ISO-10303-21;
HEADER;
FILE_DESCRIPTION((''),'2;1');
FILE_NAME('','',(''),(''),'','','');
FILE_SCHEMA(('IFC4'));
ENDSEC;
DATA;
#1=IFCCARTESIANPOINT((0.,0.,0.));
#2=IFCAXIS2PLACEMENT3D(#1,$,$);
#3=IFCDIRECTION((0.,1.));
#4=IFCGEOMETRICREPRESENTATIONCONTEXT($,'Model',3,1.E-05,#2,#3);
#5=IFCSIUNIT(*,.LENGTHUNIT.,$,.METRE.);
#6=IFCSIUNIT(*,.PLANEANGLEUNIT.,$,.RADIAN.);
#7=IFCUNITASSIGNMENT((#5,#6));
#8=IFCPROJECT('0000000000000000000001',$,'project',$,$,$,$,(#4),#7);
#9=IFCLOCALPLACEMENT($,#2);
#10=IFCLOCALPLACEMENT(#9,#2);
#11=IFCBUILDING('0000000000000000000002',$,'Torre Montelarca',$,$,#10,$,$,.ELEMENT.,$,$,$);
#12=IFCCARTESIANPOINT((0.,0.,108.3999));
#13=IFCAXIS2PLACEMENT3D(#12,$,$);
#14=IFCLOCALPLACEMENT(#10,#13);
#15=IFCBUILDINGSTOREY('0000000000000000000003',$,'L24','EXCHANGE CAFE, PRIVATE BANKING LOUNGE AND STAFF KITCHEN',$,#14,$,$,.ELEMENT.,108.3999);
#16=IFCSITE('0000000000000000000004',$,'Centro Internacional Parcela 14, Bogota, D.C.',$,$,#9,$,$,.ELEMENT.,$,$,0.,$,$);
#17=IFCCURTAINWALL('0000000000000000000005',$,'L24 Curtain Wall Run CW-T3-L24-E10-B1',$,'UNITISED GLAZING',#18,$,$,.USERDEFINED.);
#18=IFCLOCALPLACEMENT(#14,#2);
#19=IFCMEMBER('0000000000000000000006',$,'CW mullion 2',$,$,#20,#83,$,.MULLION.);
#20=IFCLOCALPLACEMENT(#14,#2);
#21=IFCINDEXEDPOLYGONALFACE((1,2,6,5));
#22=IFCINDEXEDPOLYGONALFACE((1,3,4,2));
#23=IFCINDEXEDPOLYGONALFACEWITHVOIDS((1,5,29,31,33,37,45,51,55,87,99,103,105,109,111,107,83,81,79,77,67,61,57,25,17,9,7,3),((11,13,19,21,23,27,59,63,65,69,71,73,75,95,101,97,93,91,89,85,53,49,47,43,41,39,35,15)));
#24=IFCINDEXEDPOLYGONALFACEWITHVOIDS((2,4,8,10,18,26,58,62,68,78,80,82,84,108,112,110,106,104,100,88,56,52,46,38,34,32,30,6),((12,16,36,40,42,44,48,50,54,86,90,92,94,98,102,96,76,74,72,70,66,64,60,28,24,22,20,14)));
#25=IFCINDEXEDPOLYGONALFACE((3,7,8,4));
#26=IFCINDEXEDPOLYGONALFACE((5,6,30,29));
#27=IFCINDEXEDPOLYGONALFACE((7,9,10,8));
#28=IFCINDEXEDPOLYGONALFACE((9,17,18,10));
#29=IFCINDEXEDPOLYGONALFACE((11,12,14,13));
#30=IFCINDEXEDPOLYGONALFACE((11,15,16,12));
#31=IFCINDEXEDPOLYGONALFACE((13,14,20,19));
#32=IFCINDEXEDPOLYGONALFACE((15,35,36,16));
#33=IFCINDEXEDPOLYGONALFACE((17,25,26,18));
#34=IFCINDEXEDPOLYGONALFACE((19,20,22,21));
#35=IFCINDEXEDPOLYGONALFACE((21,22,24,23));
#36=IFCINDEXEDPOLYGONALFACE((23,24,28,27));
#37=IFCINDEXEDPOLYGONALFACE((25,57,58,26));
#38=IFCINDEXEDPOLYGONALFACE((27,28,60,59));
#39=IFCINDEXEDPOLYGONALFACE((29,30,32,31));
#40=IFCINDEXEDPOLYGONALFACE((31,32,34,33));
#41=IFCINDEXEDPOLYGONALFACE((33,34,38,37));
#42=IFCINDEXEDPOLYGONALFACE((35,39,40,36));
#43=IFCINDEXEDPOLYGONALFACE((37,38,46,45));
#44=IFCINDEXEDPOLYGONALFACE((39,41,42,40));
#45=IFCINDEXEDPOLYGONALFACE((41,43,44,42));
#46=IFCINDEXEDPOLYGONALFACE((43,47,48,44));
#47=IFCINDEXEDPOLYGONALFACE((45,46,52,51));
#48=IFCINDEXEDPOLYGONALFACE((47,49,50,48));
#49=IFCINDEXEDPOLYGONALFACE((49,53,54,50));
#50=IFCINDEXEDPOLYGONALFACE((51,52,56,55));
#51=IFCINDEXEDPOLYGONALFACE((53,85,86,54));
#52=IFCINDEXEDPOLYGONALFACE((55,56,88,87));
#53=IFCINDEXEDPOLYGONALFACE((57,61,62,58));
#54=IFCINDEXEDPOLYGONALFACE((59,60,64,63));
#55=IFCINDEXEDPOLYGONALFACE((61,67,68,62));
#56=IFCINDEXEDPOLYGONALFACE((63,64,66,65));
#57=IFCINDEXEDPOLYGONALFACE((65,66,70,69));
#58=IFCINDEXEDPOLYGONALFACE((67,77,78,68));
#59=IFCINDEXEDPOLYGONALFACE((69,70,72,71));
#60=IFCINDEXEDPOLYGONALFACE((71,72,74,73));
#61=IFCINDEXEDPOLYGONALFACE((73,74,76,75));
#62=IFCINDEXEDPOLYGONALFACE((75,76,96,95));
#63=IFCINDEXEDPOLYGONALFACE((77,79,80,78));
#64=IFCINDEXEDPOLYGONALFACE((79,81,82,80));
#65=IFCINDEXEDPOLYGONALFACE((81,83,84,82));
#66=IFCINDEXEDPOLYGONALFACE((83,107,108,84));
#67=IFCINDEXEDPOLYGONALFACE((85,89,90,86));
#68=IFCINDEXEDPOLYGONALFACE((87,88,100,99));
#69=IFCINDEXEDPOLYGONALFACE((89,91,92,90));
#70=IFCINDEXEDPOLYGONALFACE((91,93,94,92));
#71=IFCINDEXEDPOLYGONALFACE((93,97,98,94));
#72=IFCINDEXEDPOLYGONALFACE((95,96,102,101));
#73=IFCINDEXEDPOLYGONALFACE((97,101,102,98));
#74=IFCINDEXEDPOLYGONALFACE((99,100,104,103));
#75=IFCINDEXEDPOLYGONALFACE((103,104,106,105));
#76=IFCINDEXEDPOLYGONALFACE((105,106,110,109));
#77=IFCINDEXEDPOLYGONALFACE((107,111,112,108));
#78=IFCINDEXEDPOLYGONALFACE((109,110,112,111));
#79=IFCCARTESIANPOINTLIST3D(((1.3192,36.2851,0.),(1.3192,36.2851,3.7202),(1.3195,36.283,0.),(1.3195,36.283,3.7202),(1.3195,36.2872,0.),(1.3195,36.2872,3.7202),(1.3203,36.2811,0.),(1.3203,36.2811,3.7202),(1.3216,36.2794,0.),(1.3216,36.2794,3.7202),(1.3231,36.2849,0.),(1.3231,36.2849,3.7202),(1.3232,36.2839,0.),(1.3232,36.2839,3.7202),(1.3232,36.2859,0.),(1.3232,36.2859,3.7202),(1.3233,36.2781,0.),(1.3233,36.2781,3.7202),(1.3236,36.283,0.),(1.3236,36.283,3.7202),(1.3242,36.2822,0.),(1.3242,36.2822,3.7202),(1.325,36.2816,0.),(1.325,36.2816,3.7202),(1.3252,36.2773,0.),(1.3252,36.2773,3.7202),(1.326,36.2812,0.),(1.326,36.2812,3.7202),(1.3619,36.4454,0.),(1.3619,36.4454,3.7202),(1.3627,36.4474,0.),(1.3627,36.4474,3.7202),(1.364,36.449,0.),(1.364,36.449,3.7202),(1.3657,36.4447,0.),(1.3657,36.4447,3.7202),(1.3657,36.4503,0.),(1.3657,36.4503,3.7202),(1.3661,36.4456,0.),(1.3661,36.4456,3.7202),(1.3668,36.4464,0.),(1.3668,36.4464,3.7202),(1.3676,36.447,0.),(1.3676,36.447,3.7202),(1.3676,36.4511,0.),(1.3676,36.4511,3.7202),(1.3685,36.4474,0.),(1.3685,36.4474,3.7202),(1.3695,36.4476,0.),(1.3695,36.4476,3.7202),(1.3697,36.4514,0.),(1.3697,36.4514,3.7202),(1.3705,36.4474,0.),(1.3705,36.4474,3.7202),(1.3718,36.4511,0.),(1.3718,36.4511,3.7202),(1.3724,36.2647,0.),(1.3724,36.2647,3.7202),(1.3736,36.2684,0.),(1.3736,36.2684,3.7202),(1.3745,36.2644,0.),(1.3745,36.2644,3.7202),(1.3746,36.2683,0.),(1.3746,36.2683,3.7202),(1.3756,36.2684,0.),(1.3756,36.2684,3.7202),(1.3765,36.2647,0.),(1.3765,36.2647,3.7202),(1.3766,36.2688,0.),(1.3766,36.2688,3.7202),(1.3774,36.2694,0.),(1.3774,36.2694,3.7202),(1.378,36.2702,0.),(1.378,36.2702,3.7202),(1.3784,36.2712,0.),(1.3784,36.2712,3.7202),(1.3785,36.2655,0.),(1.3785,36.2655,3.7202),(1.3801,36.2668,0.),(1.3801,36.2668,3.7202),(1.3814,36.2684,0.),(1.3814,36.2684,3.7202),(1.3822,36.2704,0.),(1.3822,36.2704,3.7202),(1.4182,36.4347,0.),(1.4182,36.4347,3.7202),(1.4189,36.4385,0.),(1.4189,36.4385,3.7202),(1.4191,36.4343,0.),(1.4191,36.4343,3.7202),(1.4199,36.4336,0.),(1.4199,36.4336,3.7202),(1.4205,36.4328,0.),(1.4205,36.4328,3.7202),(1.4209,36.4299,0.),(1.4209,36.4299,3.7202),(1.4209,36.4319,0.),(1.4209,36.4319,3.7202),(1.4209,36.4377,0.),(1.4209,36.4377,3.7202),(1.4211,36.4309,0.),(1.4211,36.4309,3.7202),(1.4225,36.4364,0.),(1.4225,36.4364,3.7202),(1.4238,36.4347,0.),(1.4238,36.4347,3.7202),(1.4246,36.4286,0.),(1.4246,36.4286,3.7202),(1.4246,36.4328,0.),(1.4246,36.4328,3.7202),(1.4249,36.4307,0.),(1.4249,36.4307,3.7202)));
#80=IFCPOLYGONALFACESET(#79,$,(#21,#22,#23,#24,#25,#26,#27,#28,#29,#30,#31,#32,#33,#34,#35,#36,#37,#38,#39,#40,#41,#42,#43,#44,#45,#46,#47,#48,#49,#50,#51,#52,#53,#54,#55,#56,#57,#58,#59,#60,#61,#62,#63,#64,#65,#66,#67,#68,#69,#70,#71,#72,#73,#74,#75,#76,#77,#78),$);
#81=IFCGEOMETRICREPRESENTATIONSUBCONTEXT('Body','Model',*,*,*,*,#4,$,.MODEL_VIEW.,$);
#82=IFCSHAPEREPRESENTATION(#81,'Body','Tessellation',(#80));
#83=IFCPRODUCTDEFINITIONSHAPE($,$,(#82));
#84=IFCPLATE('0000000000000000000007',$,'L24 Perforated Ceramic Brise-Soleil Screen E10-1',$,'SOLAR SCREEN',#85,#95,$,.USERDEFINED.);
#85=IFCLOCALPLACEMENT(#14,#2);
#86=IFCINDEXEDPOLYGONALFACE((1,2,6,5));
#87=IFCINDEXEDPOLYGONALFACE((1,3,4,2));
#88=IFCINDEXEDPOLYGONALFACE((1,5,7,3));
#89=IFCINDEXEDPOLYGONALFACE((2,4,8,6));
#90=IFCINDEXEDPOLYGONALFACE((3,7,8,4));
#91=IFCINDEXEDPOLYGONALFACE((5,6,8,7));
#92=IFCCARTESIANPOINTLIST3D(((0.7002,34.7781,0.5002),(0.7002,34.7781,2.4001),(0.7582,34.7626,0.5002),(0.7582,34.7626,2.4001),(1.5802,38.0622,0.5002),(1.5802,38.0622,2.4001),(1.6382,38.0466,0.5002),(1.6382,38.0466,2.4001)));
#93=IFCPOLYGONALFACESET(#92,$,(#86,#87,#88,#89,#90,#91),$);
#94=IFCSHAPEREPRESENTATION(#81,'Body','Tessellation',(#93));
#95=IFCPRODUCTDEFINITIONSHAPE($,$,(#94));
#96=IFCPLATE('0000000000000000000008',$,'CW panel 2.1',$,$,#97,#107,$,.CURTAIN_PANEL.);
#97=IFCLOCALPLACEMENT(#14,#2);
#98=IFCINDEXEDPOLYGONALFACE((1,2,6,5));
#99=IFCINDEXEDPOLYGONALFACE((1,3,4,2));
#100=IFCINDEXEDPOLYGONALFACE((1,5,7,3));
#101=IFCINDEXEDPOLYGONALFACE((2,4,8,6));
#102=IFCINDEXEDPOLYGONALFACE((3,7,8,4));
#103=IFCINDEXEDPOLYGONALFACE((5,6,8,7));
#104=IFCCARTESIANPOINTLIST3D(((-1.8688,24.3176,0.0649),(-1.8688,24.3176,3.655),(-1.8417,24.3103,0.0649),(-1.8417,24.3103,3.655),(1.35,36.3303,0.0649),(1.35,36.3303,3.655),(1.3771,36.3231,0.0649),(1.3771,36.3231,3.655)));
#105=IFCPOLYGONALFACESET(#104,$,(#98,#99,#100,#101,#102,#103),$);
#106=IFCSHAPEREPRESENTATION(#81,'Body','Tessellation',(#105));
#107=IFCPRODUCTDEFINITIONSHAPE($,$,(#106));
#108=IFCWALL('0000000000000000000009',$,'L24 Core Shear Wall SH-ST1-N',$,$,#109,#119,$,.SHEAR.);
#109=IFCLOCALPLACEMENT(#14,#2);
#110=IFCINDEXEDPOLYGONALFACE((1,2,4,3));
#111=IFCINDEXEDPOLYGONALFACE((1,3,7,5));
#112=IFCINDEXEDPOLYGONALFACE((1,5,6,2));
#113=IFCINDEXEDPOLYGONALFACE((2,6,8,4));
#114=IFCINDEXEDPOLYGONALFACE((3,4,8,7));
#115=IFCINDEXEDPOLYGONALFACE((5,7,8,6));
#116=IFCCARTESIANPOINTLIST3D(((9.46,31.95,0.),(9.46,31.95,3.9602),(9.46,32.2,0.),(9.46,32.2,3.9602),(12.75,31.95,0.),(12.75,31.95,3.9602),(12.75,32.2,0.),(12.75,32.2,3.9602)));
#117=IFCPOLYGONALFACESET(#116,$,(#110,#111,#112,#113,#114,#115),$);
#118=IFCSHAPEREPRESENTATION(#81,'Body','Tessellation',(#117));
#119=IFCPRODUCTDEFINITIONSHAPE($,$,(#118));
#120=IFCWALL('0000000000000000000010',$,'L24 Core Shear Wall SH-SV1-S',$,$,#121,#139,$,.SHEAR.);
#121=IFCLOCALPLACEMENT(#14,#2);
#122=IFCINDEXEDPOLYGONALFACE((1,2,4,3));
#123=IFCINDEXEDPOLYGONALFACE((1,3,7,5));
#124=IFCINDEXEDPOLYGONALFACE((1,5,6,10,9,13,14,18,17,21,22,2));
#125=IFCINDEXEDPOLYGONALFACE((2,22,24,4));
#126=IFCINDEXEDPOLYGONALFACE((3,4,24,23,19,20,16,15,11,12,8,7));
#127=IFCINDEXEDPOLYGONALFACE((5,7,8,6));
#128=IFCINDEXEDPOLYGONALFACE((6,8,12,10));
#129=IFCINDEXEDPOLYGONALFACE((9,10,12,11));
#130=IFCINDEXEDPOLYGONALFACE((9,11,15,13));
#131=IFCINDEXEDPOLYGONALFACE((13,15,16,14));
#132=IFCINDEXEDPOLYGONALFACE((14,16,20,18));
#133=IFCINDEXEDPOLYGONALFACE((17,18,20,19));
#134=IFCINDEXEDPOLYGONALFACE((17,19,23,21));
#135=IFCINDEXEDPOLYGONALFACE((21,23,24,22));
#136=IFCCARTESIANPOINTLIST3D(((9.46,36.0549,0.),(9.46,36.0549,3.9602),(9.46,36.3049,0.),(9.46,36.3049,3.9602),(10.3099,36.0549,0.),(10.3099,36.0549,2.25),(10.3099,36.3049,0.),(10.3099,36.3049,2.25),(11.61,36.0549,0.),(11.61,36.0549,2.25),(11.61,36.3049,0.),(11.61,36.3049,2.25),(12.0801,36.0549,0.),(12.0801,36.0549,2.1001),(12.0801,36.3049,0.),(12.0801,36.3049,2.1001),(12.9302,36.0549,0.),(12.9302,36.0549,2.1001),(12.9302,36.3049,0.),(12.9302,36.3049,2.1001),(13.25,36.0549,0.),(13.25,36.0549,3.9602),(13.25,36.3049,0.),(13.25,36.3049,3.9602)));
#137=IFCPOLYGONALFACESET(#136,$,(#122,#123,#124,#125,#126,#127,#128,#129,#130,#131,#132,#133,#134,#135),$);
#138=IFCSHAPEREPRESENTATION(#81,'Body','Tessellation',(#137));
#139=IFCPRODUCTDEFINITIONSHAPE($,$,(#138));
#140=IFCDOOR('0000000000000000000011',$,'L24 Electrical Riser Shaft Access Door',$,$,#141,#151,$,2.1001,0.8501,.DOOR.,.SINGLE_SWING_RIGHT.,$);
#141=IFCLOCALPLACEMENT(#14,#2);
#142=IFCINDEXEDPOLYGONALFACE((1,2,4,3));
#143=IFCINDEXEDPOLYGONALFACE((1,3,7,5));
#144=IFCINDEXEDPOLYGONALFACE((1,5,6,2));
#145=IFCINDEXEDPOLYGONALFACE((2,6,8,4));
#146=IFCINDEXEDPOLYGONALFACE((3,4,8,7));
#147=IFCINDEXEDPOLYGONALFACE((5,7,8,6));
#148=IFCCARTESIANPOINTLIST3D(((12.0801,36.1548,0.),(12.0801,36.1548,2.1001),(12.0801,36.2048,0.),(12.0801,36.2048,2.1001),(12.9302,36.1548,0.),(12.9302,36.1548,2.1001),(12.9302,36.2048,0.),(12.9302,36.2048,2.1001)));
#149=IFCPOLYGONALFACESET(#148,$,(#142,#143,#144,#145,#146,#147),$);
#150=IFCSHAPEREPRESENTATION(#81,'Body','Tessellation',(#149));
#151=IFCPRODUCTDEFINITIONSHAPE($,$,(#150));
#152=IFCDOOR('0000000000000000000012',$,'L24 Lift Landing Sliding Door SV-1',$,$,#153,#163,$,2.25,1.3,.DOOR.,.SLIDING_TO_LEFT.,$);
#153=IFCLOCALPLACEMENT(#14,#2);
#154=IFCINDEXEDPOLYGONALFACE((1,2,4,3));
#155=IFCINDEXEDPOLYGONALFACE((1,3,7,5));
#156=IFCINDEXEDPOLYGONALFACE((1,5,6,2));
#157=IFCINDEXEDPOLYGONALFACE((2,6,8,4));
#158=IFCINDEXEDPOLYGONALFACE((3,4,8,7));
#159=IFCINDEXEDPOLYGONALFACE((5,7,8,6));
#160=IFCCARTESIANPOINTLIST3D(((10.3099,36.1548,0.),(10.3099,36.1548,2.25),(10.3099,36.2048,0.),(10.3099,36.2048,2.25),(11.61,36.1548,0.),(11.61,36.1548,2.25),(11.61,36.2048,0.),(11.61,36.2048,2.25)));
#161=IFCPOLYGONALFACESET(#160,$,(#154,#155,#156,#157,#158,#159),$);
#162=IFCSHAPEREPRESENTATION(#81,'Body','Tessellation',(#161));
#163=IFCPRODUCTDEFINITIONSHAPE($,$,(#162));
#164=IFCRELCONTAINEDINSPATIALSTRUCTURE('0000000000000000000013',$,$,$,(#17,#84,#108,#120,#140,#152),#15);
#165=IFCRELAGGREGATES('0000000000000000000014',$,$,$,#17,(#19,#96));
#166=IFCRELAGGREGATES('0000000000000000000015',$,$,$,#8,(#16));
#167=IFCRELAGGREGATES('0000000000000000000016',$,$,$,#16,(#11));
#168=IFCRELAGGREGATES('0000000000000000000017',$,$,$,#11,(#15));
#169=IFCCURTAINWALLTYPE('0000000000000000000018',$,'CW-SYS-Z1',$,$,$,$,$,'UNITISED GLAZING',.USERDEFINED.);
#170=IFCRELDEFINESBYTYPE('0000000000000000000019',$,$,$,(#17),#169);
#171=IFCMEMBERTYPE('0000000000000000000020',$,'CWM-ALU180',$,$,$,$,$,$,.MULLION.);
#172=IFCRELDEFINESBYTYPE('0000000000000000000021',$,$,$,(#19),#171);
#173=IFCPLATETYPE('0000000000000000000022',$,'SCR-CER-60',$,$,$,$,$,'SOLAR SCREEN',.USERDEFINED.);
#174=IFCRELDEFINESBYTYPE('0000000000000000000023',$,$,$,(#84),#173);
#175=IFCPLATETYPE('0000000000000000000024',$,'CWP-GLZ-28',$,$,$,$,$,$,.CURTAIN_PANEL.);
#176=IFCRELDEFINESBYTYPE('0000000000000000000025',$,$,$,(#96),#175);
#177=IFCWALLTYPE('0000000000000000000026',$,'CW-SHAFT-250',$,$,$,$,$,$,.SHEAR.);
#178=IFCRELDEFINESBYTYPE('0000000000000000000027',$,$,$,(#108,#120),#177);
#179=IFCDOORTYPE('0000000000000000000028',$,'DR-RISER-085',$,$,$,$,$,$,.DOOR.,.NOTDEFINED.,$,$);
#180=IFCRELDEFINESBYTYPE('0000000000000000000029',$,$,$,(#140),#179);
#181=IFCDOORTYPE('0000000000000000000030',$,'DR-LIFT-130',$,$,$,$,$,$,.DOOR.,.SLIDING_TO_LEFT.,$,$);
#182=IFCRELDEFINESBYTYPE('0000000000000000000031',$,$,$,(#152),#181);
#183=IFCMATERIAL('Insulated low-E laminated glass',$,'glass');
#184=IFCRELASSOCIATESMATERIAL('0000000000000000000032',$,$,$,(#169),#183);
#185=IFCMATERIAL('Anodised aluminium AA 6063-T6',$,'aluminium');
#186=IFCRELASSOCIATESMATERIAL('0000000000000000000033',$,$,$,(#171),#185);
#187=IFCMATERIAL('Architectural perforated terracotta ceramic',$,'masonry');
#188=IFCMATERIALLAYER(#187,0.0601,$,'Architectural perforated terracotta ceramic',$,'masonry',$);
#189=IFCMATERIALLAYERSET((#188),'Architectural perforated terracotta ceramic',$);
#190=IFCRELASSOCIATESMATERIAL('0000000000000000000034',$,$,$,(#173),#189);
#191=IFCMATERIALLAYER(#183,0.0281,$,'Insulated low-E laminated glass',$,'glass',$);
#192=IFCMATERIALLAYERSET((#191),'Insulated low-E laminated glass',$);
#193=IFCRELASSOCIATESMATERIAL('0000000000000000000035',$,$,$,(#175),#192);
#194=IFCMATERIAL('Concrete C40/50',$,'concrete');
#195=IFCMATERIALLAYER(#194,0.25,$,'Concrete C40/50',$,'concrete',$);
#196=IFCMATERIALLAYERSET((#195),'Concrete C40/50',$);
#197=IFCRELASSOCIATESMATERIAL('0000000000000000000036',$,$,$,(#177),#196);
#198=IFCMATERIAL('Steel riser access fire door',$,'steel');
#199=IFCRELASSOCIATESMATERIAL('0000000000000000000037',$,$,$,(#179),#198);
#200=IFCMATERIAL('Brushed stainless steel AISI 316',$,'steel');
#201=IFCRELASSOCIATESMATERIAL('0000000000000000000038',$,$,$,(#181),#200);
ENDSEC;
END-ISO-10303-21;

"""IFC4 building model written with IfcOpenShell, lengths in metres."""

from ifc_helpers import new_model, si_unit, direction, frame, frame_2d, origin, origin_2d, place, context, subcontext, project, spatial, rectangle, hollow_rectangle, extrude, source, transform, mapped, material, layer, layer_set, material_profile, profile_set, type_object, element, fill, aggregate, save


model = new_model("IFC4")

# Units and contexts
model_context = context("Model", 3, precision=1e-05, world=origin(), true_north=direction((0.0, 1.0)))
body_context = subcontext(model_context, "Body", "Model", "MODEL_VIEW")
ifc_project = project(units=[si_unit("LENGTHUNIT", "METRE"), si_unit("PLANEANGLEUNIT", "RADIAN")], contexts=[model_context])

# Site, building, storey
site_placement = place(None, origin())
site = spatial("IfcSite", under=ifc_project, at=site_placement, Name="Centro Internacional Parcela 14, Bogota, D.C.", CompositionType="ELEMENT", RefElevation=0.0)
building_placement = place(site_placement, origin())
building = spatial("IfcBuilding", under=site, at=building_placement, Name="Torre Montelarca", CompositionType="ELEMENT")
storey_placement = place(building_placement, frame((0.0, 0.0, 108.3999)))
storey = spatial("IfcBuildingStorey", under=building, at=storey_placement, Name="L24", Description="EXCHANGE CAFE, PRIVATE BANKING LOUNGE AND STAFF KITCHEN", CompositionType="ELEMENT", Elevation=108.3999)

# Curtain wall, member
ifc_material_1 = material(Name="Insulated low-E laminated glass", Category="glass")
curtain_wall_type = type_object("IfcCurtainWallType", Name="CW-SYS-Z1", ElementType="UNITISED GLAZING", PredefinedType="USERDEFINED", material=ifc_material_1)
curtain_wall_placement = place(storey_placement, origin())
curtain_wall = element("IfcCurtainWall", 1, at=curtain_wall_placement, inside=storey, type_object=curtain_wall_type, Name="L24 Curtain Wall Run CW-T3-L24-E10-B1", ObjectType="UNITISED GLAZING", PredefinedType="USERDEFINED")
ifc_material_2 = material(Name="Anodised aluminium AA 6063-T6", Category="aluminium")
ifc_material_profile_1 = material_profile(ifc_material_2, hollow_rectangle(XDim=0.0649, YDim=0.1799, WallThickness=0.0039, InnerFilletRadius=0.0039, OuterFilletRadius=0.0081, at=origin_2d()), Name="ALU65X180X4", Category="aluminium")
ifc_profile_set_1 = profile_set([ifc_material_profile_1], Name="Anodised aluminium AA 6063-T6")
member_type_1 = type_object("IfcMemberType", Name="CWM-ALU180", PredefinedType="MULLION", material=ifc_profile_set_1)
shared_shape_1 = source(origin(), body_context, "Body", "SweptSolid", [
    extrude(hollow_rectangle(XDim=0.0649, YDim=0.1799, WallThickness=0.0039, InnerFilletRadius=0.0039, OuterFilletRadius=0.0081, at=origin_2d()), origin(), (0.0, 0.0, 1.0), 3.7202),
])
member_1_placement = place(storey_placement, frame((1.3721, 36.3579, 0.0), z_axis=(0.0, 0.0, 1.0), x_axis=(0.965926, -0.258818, 0.0)))
member_1 = element("IfcMember", 2, at=member_1_placement, type_object=member_type_1, Name="CW mullion 2", PredefinedType="MULLION", context=body_context, shape_type="MappedRepresentation", body=[
    mapped(shared_shape_1, transform((0.0, 0.0, 0.0), scale=1.0)),
])

# Plates
ifc_material_3 = material(Name="Architectural perforated terracotta ceramic", Category="masonry")
ifc_layer_1 = layer(ifc_material_3, 0.0601, Name="Architectural perforated terracotta ceramic", Category="masonry")
ifc_layer_set_1 = layer_set([ifc_layer_1], Name="Architectural perforated terracotta ceramic")
plate_type_1 = type_object("IfcPlateType", Name="SCR-CER-60", ElementType="SOLAR SCREEN", PredefinedType="USERDEFINED", material=ifc_layer_set_1)
shared_shape_2 = source(origin(), body_context, "Body", "SweptSolid", [
    extrude(rectangle(XDim=3.3999, YDim=0.0601, at=origin_2d()), origin(), (0.0, 0.0, 1.0), 1.8999),
])
plate_1_placement = place(storey_placement, frame((1.1692, 36.4124, 0.5002), z_axis=(0.0, 0.0, 1.0), x_axis=(-0.258819, -0.965926, 0.0)))
element("IfcPlate", 3, at=plate_1_placement, inside=storey, type_object=plate_type_1, Name="L24 Perforated Ceramic Brise-Soleil Screen E10-1", ObjectType="SOLAR SCREEN", PredefinedType="USERDEFINED", context=body_context, shape_type="MappedRepresentation", body=[
    mapped(shared_shape_2, transform((0.0, 0.0, 0.0), scale=1.0)),
])
ifc_layer_2 = layer(ifc_material_1, 0.0281, Name="Insulated low-E laminated glass", Category="glass")
ifc_layer_set_2 = layer_set([ifc_layer_2], Name="Insulated low-E laminated glass")
plate_type_2 = type_object("IfcPlateType", Name="CWP-GLZ-28", PredefinedType="CURTAIN_PANEL", material=ifc_layer_set_2)
shared_shape_3 = source(origin(), body_context, "Body", "SweptSolid", [
    extrude(rectangle(XDim=12.4365, YDim=0.0281, at=origin_2d()), origin(), (0.0, 0.0, 1.0), 3.5901),
])
plate_2_placement = place(storey_placement, frame((-0.2458, 30.3203, 0.0649), z_axis=(0.0, 0.0, 1.0), x_axis=(-0.258818, -0.965926, 0.0)))
plate_2 = element("IfcPlate", 4, at=plate_2_placement, type_object=plate_type_2, Name="CW panel 2.1", PredefinedType="CURTAIN_PANEL", context=body_context, shape_type="MappedRepresentation", body=[
    mapped(shared_shape_3, transform((0.0, 0.0, 0.0), scale=1.0)),
])
aggregate(curtain_wall, [member_1, plate_2])

# Wall
ifc_material_4 = material(Name="Concrete C40/50", Category="concrete")
ifc_layer_3 = layer(ifc_material_4, 0.25, Name="Concrete C40/50", Category="concrete")
ifc_layer_set_3 = layer_set([ifc_layer_3], Name="Concrete C40/50")
wall_type_1 = type_object("IfcWallType", Name="CW-SHAFT-250", PredefinedType="SHEAR", material=ifc_layer_set_3)
wall_1_placement = place(storey_placement, frame((9.46, 32.075, 0.0), z_axis=(0.0, 0.0, 1.0), x_axis=(1.0, 0.0, 0.0)))
element("IfcWall", 5, at=wall_1_placement, inside=storey, type_object=wall_type_1, Name="L24 Core Shear Wall SH-ST1-N", PredefinedType="SHEAR", context=body_context, shape_type="SweptSolid", body=[
    extrude(rectangle(XDim=3.29, YDim=0.25, at=frame_2d((1.645, 0.0))), origin(), (0.0, 0.0, 1.0), 3.9602),
])

# Wall, openings, doors
wall_2_placement = place(storey_placement, frame((9.46, 36.1799, 0.0), z_axis=(0.0, 0.0, 1.0), x_axis=(1.0, 0.0, 0.0)))
wall_2 = element("IfcWall", 6, at=wall_2_placement, inside=storey, type_object=wall_type_1, Name="L24 Core Shear Wall SH-SV1-S", PredefinedType="SHEAR", context=body_context, shape_type="SweptSolid", body=[
    extrude(rectangle(XDim=3.79, YDim=0.25, at=frame_2d((1.895, 0.0))), origin(), (0.0, 0.0, 1.0), 3.9602),
])
opening_1_placement = place(wall_2_placement, frame((2.6201, 0.0, 0.0)))
opening_1 = element("IfcOpeningElement", 7, at=opening_1_placement, cuts=wall_2, PredefinedType="OPENING", context=body_context, shape_type="SweptSolid", body=[
    extrude(rectangle(XDim=0.8501, YDim=2.1001, at=frame_2d((0.425, 1.05))), frame((0.0, 0.135, 0.0), z_axis=(0.0, -1.0, 0.0), x_axis=(1.0, 0.0, 0.0)), (0.0, 0.0, 1.0), 0.27),
])
opening_2_placement = place(wall_2_placement, frame((0.8501, 0.0, 0.0)))
opening_2 = element("IfcOpeningElement", 8, at=opening_2_placement, cuts=wall_2, PredefinedType="OPENING", context=body_context, shape_type="SweptSolid", body=[
    extrude(rectangle(XDim=1.3, YDim=2.25, at=frame_2d((0.6499, 1.125))), frame((0.0, 0.135, 0.0), z_axis=(0.0, -1.0, 0.0), x_axis=(1.0, 0.0, 0.0)), (0.0, 0.0, 1.0), 0.27),
])
ifc_material_5 = material(Name="Steel riser access fire door", Category="steel")
door_type_1 = type_object("IfcDoorType", Name="DR-RISER-085", OperationType="NOTDEFINED", PredefinedType="DOOR", material=ifc_material_5)
shared_shape_4 = source(origin(), body_context, "Body", "SweptSolid", [
    extrude(rectangle(XDim=0.8501, YDim=2.1001, at=frame_2d((0.425, 1.05))), frame((0.0, 0.0249, 0.0), z_axis=(0.0, -1.0, 0.0), x_axis=(1.0, 0.0, 0.0)), (0.0, 0.0, 1.0), 0.05),
])
door_1_placement = place(opening_1_placement, origin())
door_1 = element("IfcDoor", 9, at=door_1_placement, inside=storey, type_object=door_type_1, Name="L24 Electrical Riser Shaft Access Door", OperationType="SINGLE_SWING_RIGHT", OverallHeight=2.1001, OverallWidth=0.8501, PredefinedType="DOOR", context=body_context, shape_type="MappedRepresentation", body=[
    mapped(shared_shape_4, transform((0.0, 0.0, 0.0), scale=1.0)),
])
fill(opening_1, door_1)
ifc_material_6 = material(Name="Brushed stainless steel AISI 316", Category="steel")
door_type_2 = type_object("IfcDoorType", Name="DR-LIFT-130", OperationType="SLIDING_TO_LEFT", PredefinedType="DOOR", material=ifc_material_6)
shared_shape_5 = source(origin(), body_context, "Body", "SweptSolid", [
    extrude(rectangle(XDim=1.3, YDim=2.25, at=frame_2d((0.6499, 1.125))), frame((0.0, 0.0249, 0.0), z_axis=(0.0, -1.0, 0.0), x_axis=(1.0, 0.0, 0.0)), (0.0, 0.0, 1.0), 0.05),
])
door_2_placement = place(opening_2_placement, origin())
door_2 = element("IfcDoor", 10, at=door_2_placement, inside=storey, type_object=door_type_2, Name="L24 Lift Landing Sliding Door SV-1", OperationType="SLIDING_TO_LEFT", OverallHeight=2.25, OverallWidth=1.3, PredefinedType="DOOR", context=body_context, shape_type="MappedRepresentation", body=[
    mapped(shared_shape_5, transform((0.0, 0.0, 0.0), scale=1.0)),
])
fill(opening_2, door_2)

save(model, "model.ifc")
